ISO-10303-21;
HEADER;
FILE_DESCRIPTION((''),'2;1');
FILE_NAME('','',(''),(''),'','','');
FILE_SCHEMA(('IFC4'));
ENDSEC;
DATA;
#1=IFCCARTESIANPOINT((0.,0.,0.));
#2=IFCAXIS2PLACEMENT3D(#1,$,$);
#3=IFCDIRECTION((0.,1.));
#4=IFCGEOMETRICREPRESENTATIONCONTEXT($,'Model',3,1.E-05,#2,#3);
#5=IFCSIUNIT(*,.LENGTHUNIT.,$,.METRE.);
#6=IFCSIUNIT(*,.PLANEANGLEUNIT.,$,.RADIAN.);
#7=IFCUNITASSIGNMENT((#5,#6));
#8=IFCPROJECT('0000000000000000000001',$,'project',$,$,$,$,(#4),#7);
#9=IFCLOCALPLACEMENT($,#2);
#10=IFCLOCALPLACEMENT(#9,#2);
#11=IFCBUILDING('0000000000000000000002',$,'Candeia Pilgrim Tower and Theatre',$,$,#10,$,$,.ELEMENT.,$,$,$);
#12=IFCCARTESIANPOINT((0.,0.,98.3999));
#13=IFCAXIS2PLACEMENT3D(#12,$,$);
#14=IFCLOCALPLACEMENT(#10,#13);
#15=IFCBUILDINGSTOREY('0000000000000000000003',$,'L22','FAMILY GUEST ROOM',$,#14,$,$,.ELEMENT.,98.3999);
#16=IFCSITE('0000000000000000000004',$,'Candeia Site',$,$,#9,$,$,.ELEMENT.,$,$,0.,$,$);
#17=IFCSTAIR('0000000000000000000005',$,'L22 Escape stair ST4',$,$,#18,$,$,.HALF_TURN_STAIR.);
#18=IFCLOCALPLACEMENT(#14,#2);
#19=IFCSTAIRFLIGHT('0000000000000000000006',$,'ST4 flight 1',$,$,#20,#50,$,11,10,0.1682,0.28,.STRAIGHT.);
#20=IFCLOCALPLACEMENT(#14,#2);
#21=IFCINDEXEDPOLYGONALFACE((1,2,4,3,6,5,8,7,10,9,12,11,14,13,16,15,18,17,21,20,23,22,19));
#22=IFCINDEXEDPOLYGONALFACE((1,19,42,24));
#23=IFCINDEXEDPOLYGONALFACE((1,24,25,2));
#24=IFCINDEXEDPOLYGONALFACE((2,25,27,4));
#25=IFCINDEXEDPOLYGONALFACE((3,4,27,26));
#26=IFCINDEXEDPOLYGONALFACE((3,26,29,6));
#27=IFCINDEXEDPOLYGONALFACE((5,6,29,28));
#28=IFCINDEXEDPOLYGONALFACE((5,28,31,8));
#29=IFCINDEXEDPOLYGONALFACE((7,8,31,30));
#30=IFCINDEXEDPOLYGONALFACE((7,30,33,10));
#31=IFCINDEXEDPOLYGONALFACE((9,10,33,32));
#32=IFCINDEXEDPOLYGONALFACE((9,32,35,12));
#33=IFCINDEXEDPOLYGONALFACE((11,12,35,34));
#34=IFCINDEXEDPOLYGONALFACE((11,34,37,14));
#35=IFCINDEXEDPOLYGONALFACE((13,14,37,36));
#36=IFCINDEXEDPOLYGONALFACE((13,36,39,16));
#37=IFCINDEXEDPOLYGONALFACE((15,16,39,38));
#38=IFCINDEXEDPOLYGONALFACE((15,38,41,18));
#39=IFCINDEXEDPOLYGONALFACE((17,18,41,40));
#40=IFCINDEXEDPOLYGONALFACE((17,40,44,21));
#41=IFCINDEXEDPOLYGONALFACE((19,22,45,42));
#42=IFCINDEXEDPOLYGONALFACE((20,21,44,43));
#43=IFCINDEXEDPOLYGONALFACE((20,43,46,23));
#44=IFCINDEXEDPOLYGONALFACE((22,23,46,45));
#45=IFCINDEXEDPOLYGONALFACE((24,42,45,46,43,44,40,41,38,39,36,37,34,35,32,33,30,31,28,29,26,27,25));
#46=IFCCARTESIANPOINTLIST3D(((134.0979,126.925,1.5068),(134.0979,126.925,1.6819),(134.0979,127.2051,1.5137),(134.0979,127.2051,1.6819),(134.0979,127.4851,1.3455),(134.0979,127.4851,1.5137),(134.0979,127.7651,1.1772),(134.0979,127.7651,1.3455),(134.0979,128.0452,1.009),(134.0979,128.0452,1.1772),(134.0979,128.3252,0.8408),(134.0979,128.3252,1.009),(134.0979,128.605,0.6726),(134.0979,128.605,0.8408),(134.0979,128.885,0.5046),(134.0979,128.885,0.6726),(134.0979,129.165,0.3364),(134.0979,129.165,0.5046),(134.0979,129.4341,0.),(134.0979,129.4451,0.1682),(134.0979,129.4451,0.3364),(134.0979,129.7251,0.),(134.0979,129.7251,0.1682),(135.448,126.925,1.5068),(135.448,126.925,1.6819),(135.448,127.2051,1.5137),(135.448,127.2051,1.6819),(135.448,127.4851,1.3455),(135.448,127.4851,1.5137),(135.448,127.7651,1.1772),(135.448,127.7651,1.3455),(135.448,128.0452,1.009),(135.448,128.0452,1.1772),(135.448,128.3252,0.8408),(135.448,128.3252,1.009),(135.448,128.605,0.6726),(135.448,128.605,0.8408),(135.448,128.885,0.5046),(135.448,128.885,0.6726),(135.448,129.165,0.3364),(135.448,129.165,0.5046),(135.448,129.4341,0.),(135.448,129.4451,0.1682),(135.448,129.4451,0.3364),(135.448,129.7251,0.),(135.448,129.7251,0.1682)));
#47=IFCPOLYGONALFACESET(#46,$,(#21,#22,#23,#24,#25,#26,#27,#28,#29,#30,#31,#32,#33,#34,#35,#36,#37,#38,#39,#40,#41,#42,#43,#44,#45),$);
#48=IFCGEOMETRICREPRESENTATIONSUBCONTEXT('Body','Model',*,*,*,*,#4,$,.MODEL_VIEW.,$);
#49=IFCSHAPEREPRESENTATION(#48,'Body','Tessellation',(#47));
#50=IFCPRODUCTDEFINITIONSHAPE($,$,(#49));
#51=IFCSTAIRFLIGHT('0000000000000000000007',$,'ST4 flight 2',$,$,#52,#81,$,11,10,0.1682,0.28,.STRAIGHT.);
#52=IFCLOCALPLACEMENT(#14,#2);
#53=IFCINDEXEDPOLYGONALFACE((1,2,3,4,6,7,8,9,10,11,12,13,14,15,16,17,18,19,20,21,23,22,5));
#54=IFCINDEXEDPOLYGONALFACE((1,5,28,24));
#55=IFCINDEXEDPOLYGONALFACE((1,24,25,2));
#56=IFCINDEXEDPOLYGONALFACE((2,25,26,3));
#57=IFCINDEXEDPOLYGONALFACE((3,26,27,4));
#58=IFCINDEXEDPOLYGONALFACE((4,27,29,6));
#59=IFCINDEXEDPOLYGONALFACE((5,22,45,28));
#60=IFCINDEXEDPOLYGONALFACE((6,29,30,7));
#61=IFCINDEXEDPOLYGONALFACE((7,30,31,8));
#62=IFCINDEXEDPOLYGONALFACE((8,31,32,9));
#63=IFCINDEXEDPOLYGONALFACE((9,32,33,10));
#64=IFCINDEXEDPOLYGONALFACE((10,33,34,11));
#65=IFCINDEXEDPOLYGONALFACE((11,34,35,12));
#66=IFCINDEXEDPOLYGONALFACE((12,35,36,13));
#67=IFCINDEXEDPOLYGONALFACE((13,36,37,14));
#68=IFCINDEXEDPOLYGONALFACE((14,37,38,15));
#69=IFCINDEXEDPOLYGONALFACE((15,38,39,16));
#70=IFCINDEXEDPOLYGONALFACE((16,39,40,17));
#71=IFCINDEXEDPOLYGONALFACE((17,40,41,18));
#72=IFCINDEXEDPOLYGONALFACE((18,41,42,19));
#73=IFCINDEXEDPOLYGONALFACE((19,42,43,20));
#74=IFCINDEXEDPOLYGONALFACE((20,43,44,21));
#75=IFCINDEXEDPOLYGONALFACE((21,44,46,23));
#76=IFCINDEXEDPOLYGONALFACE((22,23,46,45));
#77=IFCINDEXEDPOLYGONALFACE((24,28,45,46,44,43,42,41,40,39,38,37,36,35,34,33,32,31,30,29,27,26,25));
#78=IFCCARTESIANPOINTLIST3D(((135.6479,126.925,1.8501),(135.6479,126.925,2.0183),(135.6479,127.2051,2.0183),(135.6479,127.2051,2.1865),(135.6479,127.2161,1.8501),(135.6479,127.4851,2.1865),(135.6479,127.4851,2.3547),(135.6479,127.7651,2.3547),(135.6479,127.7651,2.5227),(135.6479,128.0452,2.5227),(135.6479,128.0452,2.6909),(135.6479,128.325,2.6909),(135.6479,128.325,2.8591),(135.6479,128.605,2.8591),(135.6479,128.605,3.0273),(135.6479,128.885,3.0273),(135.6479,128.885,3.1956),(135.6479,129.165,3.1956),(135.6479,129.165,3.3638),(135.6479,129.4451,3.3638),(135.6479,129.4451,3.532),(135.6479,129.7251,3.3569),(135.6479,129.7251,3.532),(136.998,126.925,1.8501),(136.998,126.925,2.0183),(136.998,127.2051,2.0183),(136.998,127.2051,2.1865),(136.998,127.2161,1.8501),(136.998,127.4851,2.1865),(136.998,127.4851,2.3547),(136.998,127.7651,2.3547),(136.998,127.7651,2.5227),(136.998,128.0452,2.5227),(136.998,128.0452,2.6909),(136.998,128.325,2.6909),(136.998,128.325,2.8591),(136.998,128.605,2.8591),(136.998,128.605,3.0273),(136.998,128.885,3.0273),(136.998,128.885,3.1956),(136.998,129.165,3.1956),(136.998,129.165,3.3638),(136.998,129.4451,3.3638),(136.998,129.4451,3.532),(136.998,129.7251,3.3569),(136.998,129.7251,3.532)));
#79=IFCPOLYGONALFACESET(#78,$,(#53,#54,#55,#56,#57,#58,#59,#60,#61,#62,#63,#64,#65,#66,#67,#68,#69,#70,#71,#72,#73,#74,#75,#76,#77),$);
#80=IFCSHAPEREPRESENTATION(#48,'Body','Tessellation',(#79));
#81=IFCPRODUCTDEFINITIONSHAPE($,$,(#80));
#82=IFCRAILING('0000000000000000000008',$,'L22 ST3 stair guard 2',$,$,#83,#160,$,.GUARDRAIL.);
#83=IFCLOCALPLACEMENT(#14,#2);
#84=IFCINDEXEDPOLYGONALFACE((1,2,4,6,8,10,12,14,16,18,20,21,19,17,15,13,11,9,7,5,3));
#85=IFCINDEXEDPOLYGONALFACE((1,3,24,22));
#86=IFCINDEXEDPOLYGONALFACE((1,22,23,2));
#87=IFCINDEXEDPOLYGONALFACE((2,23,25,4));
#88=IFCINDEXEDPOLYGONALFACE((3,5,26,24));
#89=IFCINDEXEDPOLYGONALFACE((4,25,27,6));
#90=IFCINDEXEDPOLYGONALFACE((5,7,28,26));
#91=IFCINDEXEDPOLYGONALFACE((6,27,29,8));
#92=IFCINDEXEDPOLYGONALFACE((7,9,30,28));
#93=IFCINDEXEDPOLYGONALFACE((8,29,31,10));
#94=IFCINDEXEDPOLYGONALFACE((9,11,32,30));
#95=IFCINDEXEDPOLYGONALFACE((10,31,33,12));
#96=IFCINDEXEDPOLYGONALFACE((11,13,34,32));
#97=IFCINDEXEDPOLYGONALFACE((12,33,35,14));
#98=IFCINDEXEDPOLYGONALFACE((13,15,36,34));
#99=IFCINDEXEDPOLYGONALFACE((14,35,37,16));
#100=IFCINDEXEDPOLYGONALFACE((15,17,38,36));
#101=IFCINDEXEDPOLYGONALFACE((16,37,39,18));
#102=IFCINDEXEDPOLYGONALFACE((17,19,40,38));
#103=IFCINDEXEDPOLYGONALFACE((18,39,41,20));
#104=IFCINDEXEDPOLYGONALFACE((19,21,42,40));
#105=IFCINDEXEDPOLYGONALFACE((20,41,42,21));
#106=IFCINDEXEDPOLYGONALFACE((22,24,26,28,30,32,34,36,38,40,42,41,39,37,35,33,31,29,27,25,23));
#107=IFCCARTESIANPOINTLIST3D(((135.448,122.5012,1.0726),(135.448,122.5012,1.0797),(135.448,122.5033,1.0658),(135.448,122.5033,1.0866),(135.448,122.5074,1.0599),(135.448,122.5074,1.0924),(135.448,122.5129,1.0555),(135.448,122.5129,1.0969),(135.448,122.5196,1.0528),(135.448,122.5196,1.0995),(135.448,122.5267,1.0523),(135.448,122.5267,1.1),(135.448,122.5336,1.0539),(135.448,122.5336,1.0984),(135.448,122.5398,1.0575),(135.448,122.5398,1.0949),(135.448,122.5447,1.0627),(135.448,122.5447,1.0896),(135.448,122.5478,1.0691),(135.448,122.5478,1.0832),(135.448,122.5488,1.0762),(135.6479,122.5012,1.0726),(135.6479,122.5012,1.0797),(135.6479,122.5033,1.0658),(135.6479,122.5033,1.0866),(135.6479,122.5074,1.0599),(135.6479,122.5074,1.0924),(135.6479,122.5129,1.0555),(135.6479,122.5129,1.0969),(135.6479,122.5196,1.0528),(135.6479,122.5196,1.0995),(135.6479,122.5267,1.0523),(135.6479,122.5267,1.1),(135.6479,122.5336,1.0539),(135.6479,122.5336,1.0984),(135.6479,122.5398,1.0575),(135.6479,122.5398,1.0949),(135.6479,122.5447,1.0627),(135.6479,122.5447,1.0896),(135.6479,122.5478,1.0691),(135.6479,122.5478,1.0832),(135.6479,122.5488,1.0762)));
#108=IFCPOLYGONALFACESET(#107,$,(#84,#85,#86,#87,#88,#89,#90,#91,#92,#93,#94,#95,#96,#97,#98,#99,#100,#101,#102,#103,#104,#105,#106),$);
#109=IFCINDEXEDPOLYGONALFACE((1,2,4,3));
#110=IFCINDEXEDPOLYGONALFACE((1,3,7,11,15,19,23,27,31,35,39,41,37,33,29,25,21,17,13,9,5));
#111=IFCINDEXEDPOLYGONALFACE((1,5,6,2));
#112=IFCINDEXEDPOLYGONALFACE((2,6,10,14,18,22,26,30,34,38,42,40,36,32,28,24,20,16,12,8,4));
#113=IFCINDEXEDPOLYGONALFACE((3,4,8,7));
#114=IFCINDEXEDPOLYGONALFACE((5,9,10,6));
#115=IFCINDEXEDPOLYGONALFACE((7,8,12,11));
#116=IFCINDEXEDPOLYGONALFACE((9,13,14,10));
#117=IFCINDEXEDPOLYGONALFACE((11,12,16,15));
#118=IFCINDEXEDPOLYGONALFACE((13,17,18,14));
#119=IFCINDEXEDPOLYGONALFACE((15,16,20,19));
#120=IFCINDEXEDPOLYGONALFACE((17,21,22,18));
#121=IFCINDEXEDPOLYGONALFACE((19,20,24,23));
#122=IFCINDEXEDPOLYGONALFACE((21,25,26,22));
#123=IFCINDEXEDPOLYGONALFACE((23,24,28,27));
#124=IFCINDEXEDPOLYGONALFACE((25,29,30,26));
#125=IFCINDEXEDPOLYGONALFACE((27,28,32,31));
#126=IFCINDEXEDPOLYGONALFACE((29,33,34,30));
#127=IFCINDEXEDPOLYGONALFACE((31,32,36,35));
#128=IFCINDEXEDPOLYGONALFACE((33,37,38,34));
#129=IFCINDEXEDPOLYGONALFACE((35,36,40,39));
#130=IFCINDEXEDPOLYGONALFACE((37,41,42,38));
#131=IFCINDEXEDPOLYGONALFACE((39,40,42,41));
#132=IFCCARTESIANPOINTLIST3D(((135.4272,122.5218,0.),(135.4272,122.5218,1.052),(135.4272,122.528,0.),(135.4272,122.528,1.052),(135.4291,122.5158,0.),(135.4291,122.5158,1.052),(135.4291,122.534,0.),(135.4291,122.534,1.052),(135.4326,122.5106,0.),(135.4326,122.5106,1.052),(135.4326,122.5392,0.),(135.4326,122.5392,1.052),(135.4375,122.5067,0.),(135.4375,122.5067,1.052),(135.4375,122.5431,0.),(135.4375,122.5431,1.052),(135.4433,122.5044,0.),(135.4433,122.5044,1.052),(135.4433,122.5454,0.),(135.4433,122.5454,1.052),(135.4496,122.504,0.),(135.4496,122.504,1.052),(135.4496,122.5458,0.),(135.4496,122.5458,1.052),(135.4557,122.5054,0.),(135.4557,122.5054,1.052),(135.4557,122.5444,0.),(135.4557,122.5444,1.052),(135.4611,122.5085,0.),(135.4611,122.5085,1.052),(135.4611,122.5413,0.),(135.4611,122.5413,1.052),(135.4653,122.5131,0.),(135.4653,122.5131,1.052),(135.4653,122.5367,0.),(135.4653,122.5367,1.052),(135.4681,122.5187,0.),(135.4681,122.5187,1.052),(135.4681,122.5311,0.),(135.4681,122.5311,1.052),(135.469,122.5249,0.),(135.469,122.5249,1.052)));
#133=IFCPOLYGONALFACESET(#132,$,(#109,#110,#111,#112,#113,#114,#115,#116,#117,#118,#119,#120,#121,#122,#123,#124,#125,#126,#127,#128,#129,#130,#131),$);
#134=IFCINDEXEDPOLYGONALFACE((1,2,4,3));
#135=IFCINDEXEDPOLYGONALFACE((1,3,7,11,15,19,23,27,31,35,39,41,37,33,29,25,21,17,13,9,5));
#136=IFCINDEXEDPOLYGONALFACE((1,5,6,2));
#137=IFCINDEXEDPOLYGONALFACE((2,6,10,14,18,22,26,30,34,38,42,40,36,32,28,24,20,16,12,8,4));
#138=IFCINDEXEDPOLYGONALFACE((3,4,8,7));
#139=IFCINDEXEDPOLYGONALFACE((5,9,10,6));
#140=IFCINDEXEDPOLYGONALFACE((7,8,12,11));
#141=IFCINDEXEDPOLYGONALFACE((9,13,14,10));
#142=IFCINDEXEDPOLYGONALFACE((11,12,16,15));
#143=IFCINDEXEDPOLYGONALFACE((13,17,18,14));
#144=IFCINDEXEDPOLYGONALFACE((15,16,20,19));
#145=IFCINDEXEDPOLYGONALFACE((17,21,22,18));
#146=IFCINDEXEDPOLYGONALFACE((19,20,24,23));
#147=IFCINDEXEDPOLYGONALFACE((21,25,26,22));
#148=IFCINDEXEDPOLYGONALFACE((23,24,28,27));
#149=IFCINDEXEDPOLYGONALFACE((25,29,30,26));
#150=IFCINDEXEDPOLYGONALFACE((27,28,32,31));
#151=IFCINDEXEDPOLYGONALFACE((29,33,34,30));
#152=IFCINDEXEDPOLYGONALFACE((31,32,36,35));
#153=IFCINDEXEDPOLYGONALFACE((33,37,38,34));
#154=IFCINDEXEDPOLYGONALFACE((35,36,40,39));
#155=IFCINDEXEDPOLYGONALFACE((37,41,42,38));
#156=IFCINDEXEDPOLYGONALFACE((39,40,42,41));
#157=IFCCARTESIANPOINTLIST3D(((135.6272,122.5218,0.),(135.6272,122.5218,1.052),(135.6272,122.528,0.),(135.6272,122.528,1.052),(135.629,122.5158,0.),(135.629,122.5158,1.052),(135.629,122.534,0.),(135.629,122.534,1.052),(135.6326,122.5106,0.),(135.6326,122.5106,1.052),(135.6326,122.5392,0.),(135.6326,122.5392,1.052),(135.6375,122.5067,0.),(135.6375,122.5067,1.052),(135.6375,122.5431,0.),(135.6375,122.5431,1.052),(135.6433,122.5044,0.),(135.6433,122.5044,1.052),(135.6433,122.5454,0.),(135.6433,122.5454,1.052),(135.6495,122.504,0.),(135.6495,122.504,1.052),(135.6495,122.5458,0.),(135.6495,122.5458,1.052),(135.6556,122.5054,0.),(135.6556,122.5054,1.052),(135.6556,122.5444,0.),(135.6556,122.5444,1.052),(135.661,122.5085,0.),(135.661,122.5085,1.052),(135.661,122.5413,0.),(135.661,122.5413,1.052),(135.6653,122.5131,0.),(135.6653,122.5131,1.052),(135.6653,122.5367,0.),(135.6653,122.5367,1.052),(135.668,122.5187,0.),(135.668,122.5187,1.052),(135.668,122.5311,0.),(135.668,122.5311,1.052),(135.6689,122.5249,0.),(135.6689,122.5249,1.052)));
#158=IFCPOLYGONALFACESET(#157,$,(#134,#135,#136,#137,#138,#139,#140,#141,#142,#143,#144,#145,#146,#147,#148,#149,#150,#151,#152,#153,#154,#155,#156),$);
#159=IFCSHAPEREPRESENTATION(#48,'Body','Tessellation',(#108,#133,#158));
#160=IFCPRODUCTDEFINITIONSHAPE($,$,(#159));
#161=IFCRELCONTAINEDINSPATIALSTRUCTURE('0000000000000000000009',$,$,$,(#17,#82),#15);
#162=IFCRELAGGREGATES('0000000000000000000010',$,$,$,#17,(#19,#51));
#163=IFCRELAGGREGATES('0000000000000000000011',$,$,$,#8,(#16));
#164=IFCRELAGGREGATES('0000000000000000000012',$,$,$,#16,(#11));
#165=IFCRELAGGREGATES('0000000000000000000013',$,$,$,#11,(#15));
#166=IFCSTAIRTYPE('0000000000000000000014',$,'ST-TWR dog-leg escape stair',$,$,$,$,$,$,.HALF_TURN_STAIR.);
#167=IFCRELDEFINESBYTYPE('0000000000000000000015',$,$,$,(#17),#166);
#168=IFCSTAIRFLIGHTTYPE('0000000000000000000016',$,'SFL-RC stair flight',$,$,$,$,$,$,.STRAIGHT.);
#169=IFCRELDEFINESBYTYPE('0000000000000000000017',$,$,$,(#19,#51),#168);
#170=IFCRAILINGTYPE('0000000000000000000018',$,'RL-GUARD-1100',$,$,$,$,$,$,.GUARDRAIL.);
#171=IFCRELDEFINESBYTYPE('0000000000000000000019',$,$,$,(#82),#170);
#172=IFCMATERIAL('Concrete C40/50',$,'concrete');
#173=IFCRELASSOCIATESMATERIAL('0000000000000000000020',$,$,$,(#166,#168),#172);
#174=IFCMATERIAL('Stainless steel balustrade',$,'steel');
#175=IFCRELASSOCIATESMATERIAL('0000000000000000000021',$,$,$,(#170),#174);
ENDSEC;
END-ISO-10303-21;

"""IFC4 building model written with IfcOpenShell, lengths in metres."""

from ifc_helpers import new_model, si_unit, direction, frame, origin, origin_2d, place, context, subcontext, project, spatial, polyline, circle, outline, extrude, material, type_object, element, aggregate, save


model = new_model("IFC4")

# Units and contexts
model_context = context("Model", 3, precision=1e-05, world=origin(), true_north=direction((0.0, 1.0)))
body_context = subcontext(model_context, "Body", "Model", "MODEL_VIEW")
ifc_project = project(units=[si_unit("LENGTHUNIT", "METRE"), si_unit("PLANEANGLEUNIT", "RADIAN")], contexts=[model_context])

# Site, building, storey
site_placement = place(None, origin())
site = spatial("IfcSite", under=ifc_project, at=site_placement, Name="Candeia Site", CompositionType="ELEMENT", RefElevation=0.0)
building_placement = place(site_placement, origin())
building = spatial("IfcBuilding", under=site, at=building_placement, Name="Candeia Pilgrim Tower and Theatre", CompositionType="ELEMENT")
storey_placement = place(building_placement, frame((0.0, 0.0, 98.3999)))
storey = spatial("IfcBuildingStorey", under=building, at=storey_placement, Name="L22", Description="FAMILY GUEST ROOM", CompositionType="ELEMENT", Elevation=98.3999)

# Shared definitions
ifc_material_1 = material(Name="Concrete C40/50", Category="concrete")

# Stair, stair flights
stair_type = type_object("IfcStairType", Name="ST-TWR dog-leg escape stair", PredefinedType="HALF_TURN_STAIR", material=ifc_material_1)
stair_flight_type = type_object("IfcStairFlightType", Name="SFL-RC stair flight", PredefinedType="STRAIGHT", material=ifc_material_1)
stair_1_placement = place(storey_placement, origin())
stair_1 = element("IfcStair", 1, at=stair_1_placement, inside=storey, type_object=stair_type, Name="L22 Escape stair ST4", PredefinedType="HALF_TURN_STAIR")
stair_flight_1_placement = place(storey_placement, frame((134.7729, 129.7251, 0.0), z_axis=(0.0, 0.0, 1.0), x_axis=(0.0, -1.0, 0.0)))
stair_flight_1 = element("IfcStairFlight", 2, at=stair_flight_1_placement, type_object=stair_flight_type, Name="ST4 flight 1", NumberOfRisers=11, NumberOfTreads=10, PredefinedType="STRAIGHT", RiserHeight=0.1682, TreadLength=0.28, context=body_context, shape_type="SweptSolid", body=[
    extrude(outline(polyline([(0.0, 0.0), (0.0, 0.1682), (0.28, 0.1682), (0.28, 0.3364), (0.5601, 0.3364), (0.5601, 0.5046), (0.8401, 0.5046), (0.8401, 0.6726), (1.1201, 0.6726), (1.1201, 0.8408), (1.3999, 0.8408), (1.3999, 1.009), (1.6799, 1.009), (1.6799, 1.1772), (1.96, 1.1772), (1.96, 1.3455), (2.24, 1.3455), (2.24, 1.5137), (2.52, 1.5137), (2.52, 1.6819), (2.8, 1.6819), (2.8, 1.8501), (2.8, 1.5068), (0.291, 0.0), (0.0, 0.0)])), frame((0.0, 0.675, 0.0), z_axis=(0.0, -1.0, 0.0), x_axis=(1.0, 0.0, 0.0)), (0.0, 0.0, 1.0), 1.3501),
])
stair_flight_2_placement = place(storey_placement, frame((136.323, 126.925, 1.8501), z_axis=(0.0, 0.0, 1.0), x_axis=(0.0, 1.0, 0.0)))
stair_flight_2 = element("IfcStairFlight", 3, at=stair_flight_2_placement, type_object=stair_flight_type, Name="ST4 flight 2", NumberOfRisers=11, NumberOfTreads=10, PredefinedType="STRAIGHT", RiserHeight=0.1682, TreadLength=0.28, context=body_context, shape_type="SweptSolid", body=[
    extrude(outline(polyline([(0.0, 0.0), (0.0, 0.1682), (0.28, 0.1682), (0.28, 0.3364), (0.5601, 0.3364), (0.5601, 0.5046), (0.8401, 0.5046), (0.8401, 0.6726), (1.1201, 0.6726), (1.1201, 0.8408), (1.3999, 0.8408), (1.3999, 1.009), (1.6799, 1.009), (1.6799, 1.1772), (1.96, 1.1772), (1.96, 1.3455), (2.24, 1.3455), (2.24, 1.5137), (2.52, 1.5137), (2.52, 1.6819), (2.8, 1.6819), (2.8, 1.8501), (2.8, 1.5068), (0.291, 0.0), (0.0, 0.0)])), frame((0.0, 0.675, 0.0), z_axis=(0.0, -1.0, 0.0), x_axis=(1.0, 0.0, 0.0)), (0.0, 0.0, 1.0), 1.3501),
])
aggregate(stair_1, [stair_flight_1, stair_flight_2])

# Railing
ifc_material_2 = material(Name="Stainless steel balustrade", Category="steel")
railing_type_1 = type_object("IfcRailingType", Name="RL-GUARD-1100", PredefinedType="GUARDRAIL", material=ifc_material_2)
railing_1_placement = place(storey_placement, frame((135.448, 122.5249, 0.0)))
element("IfcRailing", 4, at=railing_1_placement, inside=storey, type_object=railing_type_1, Name="L22 ST3 stair guard 2", PredefinedType="GUARDRAIL", context=body_context, shape_type="SweptSolid", body=[
    extrude(circle(Radius=0.0239, at=origin_2d()), frame((0.0, 0.0, 1.0762), z_axis=(1.0, 0.0, 0.0), x_axis=(0.0, 1.0, 0.0)), (0.0, 0.0, 1.0), 0.2),
    extrude(circle(Radius=0.021, at=origin_2d()), origin(), (0.0, 0.0, 1.0), 1.052),
    extrude(circle(Radius=0.021, at=origin_2d()), frame((0.2, 0.0, 0.0)), (0.0, 0.0, 1.0), 1.052),
])

save(model, "model.ifc")
